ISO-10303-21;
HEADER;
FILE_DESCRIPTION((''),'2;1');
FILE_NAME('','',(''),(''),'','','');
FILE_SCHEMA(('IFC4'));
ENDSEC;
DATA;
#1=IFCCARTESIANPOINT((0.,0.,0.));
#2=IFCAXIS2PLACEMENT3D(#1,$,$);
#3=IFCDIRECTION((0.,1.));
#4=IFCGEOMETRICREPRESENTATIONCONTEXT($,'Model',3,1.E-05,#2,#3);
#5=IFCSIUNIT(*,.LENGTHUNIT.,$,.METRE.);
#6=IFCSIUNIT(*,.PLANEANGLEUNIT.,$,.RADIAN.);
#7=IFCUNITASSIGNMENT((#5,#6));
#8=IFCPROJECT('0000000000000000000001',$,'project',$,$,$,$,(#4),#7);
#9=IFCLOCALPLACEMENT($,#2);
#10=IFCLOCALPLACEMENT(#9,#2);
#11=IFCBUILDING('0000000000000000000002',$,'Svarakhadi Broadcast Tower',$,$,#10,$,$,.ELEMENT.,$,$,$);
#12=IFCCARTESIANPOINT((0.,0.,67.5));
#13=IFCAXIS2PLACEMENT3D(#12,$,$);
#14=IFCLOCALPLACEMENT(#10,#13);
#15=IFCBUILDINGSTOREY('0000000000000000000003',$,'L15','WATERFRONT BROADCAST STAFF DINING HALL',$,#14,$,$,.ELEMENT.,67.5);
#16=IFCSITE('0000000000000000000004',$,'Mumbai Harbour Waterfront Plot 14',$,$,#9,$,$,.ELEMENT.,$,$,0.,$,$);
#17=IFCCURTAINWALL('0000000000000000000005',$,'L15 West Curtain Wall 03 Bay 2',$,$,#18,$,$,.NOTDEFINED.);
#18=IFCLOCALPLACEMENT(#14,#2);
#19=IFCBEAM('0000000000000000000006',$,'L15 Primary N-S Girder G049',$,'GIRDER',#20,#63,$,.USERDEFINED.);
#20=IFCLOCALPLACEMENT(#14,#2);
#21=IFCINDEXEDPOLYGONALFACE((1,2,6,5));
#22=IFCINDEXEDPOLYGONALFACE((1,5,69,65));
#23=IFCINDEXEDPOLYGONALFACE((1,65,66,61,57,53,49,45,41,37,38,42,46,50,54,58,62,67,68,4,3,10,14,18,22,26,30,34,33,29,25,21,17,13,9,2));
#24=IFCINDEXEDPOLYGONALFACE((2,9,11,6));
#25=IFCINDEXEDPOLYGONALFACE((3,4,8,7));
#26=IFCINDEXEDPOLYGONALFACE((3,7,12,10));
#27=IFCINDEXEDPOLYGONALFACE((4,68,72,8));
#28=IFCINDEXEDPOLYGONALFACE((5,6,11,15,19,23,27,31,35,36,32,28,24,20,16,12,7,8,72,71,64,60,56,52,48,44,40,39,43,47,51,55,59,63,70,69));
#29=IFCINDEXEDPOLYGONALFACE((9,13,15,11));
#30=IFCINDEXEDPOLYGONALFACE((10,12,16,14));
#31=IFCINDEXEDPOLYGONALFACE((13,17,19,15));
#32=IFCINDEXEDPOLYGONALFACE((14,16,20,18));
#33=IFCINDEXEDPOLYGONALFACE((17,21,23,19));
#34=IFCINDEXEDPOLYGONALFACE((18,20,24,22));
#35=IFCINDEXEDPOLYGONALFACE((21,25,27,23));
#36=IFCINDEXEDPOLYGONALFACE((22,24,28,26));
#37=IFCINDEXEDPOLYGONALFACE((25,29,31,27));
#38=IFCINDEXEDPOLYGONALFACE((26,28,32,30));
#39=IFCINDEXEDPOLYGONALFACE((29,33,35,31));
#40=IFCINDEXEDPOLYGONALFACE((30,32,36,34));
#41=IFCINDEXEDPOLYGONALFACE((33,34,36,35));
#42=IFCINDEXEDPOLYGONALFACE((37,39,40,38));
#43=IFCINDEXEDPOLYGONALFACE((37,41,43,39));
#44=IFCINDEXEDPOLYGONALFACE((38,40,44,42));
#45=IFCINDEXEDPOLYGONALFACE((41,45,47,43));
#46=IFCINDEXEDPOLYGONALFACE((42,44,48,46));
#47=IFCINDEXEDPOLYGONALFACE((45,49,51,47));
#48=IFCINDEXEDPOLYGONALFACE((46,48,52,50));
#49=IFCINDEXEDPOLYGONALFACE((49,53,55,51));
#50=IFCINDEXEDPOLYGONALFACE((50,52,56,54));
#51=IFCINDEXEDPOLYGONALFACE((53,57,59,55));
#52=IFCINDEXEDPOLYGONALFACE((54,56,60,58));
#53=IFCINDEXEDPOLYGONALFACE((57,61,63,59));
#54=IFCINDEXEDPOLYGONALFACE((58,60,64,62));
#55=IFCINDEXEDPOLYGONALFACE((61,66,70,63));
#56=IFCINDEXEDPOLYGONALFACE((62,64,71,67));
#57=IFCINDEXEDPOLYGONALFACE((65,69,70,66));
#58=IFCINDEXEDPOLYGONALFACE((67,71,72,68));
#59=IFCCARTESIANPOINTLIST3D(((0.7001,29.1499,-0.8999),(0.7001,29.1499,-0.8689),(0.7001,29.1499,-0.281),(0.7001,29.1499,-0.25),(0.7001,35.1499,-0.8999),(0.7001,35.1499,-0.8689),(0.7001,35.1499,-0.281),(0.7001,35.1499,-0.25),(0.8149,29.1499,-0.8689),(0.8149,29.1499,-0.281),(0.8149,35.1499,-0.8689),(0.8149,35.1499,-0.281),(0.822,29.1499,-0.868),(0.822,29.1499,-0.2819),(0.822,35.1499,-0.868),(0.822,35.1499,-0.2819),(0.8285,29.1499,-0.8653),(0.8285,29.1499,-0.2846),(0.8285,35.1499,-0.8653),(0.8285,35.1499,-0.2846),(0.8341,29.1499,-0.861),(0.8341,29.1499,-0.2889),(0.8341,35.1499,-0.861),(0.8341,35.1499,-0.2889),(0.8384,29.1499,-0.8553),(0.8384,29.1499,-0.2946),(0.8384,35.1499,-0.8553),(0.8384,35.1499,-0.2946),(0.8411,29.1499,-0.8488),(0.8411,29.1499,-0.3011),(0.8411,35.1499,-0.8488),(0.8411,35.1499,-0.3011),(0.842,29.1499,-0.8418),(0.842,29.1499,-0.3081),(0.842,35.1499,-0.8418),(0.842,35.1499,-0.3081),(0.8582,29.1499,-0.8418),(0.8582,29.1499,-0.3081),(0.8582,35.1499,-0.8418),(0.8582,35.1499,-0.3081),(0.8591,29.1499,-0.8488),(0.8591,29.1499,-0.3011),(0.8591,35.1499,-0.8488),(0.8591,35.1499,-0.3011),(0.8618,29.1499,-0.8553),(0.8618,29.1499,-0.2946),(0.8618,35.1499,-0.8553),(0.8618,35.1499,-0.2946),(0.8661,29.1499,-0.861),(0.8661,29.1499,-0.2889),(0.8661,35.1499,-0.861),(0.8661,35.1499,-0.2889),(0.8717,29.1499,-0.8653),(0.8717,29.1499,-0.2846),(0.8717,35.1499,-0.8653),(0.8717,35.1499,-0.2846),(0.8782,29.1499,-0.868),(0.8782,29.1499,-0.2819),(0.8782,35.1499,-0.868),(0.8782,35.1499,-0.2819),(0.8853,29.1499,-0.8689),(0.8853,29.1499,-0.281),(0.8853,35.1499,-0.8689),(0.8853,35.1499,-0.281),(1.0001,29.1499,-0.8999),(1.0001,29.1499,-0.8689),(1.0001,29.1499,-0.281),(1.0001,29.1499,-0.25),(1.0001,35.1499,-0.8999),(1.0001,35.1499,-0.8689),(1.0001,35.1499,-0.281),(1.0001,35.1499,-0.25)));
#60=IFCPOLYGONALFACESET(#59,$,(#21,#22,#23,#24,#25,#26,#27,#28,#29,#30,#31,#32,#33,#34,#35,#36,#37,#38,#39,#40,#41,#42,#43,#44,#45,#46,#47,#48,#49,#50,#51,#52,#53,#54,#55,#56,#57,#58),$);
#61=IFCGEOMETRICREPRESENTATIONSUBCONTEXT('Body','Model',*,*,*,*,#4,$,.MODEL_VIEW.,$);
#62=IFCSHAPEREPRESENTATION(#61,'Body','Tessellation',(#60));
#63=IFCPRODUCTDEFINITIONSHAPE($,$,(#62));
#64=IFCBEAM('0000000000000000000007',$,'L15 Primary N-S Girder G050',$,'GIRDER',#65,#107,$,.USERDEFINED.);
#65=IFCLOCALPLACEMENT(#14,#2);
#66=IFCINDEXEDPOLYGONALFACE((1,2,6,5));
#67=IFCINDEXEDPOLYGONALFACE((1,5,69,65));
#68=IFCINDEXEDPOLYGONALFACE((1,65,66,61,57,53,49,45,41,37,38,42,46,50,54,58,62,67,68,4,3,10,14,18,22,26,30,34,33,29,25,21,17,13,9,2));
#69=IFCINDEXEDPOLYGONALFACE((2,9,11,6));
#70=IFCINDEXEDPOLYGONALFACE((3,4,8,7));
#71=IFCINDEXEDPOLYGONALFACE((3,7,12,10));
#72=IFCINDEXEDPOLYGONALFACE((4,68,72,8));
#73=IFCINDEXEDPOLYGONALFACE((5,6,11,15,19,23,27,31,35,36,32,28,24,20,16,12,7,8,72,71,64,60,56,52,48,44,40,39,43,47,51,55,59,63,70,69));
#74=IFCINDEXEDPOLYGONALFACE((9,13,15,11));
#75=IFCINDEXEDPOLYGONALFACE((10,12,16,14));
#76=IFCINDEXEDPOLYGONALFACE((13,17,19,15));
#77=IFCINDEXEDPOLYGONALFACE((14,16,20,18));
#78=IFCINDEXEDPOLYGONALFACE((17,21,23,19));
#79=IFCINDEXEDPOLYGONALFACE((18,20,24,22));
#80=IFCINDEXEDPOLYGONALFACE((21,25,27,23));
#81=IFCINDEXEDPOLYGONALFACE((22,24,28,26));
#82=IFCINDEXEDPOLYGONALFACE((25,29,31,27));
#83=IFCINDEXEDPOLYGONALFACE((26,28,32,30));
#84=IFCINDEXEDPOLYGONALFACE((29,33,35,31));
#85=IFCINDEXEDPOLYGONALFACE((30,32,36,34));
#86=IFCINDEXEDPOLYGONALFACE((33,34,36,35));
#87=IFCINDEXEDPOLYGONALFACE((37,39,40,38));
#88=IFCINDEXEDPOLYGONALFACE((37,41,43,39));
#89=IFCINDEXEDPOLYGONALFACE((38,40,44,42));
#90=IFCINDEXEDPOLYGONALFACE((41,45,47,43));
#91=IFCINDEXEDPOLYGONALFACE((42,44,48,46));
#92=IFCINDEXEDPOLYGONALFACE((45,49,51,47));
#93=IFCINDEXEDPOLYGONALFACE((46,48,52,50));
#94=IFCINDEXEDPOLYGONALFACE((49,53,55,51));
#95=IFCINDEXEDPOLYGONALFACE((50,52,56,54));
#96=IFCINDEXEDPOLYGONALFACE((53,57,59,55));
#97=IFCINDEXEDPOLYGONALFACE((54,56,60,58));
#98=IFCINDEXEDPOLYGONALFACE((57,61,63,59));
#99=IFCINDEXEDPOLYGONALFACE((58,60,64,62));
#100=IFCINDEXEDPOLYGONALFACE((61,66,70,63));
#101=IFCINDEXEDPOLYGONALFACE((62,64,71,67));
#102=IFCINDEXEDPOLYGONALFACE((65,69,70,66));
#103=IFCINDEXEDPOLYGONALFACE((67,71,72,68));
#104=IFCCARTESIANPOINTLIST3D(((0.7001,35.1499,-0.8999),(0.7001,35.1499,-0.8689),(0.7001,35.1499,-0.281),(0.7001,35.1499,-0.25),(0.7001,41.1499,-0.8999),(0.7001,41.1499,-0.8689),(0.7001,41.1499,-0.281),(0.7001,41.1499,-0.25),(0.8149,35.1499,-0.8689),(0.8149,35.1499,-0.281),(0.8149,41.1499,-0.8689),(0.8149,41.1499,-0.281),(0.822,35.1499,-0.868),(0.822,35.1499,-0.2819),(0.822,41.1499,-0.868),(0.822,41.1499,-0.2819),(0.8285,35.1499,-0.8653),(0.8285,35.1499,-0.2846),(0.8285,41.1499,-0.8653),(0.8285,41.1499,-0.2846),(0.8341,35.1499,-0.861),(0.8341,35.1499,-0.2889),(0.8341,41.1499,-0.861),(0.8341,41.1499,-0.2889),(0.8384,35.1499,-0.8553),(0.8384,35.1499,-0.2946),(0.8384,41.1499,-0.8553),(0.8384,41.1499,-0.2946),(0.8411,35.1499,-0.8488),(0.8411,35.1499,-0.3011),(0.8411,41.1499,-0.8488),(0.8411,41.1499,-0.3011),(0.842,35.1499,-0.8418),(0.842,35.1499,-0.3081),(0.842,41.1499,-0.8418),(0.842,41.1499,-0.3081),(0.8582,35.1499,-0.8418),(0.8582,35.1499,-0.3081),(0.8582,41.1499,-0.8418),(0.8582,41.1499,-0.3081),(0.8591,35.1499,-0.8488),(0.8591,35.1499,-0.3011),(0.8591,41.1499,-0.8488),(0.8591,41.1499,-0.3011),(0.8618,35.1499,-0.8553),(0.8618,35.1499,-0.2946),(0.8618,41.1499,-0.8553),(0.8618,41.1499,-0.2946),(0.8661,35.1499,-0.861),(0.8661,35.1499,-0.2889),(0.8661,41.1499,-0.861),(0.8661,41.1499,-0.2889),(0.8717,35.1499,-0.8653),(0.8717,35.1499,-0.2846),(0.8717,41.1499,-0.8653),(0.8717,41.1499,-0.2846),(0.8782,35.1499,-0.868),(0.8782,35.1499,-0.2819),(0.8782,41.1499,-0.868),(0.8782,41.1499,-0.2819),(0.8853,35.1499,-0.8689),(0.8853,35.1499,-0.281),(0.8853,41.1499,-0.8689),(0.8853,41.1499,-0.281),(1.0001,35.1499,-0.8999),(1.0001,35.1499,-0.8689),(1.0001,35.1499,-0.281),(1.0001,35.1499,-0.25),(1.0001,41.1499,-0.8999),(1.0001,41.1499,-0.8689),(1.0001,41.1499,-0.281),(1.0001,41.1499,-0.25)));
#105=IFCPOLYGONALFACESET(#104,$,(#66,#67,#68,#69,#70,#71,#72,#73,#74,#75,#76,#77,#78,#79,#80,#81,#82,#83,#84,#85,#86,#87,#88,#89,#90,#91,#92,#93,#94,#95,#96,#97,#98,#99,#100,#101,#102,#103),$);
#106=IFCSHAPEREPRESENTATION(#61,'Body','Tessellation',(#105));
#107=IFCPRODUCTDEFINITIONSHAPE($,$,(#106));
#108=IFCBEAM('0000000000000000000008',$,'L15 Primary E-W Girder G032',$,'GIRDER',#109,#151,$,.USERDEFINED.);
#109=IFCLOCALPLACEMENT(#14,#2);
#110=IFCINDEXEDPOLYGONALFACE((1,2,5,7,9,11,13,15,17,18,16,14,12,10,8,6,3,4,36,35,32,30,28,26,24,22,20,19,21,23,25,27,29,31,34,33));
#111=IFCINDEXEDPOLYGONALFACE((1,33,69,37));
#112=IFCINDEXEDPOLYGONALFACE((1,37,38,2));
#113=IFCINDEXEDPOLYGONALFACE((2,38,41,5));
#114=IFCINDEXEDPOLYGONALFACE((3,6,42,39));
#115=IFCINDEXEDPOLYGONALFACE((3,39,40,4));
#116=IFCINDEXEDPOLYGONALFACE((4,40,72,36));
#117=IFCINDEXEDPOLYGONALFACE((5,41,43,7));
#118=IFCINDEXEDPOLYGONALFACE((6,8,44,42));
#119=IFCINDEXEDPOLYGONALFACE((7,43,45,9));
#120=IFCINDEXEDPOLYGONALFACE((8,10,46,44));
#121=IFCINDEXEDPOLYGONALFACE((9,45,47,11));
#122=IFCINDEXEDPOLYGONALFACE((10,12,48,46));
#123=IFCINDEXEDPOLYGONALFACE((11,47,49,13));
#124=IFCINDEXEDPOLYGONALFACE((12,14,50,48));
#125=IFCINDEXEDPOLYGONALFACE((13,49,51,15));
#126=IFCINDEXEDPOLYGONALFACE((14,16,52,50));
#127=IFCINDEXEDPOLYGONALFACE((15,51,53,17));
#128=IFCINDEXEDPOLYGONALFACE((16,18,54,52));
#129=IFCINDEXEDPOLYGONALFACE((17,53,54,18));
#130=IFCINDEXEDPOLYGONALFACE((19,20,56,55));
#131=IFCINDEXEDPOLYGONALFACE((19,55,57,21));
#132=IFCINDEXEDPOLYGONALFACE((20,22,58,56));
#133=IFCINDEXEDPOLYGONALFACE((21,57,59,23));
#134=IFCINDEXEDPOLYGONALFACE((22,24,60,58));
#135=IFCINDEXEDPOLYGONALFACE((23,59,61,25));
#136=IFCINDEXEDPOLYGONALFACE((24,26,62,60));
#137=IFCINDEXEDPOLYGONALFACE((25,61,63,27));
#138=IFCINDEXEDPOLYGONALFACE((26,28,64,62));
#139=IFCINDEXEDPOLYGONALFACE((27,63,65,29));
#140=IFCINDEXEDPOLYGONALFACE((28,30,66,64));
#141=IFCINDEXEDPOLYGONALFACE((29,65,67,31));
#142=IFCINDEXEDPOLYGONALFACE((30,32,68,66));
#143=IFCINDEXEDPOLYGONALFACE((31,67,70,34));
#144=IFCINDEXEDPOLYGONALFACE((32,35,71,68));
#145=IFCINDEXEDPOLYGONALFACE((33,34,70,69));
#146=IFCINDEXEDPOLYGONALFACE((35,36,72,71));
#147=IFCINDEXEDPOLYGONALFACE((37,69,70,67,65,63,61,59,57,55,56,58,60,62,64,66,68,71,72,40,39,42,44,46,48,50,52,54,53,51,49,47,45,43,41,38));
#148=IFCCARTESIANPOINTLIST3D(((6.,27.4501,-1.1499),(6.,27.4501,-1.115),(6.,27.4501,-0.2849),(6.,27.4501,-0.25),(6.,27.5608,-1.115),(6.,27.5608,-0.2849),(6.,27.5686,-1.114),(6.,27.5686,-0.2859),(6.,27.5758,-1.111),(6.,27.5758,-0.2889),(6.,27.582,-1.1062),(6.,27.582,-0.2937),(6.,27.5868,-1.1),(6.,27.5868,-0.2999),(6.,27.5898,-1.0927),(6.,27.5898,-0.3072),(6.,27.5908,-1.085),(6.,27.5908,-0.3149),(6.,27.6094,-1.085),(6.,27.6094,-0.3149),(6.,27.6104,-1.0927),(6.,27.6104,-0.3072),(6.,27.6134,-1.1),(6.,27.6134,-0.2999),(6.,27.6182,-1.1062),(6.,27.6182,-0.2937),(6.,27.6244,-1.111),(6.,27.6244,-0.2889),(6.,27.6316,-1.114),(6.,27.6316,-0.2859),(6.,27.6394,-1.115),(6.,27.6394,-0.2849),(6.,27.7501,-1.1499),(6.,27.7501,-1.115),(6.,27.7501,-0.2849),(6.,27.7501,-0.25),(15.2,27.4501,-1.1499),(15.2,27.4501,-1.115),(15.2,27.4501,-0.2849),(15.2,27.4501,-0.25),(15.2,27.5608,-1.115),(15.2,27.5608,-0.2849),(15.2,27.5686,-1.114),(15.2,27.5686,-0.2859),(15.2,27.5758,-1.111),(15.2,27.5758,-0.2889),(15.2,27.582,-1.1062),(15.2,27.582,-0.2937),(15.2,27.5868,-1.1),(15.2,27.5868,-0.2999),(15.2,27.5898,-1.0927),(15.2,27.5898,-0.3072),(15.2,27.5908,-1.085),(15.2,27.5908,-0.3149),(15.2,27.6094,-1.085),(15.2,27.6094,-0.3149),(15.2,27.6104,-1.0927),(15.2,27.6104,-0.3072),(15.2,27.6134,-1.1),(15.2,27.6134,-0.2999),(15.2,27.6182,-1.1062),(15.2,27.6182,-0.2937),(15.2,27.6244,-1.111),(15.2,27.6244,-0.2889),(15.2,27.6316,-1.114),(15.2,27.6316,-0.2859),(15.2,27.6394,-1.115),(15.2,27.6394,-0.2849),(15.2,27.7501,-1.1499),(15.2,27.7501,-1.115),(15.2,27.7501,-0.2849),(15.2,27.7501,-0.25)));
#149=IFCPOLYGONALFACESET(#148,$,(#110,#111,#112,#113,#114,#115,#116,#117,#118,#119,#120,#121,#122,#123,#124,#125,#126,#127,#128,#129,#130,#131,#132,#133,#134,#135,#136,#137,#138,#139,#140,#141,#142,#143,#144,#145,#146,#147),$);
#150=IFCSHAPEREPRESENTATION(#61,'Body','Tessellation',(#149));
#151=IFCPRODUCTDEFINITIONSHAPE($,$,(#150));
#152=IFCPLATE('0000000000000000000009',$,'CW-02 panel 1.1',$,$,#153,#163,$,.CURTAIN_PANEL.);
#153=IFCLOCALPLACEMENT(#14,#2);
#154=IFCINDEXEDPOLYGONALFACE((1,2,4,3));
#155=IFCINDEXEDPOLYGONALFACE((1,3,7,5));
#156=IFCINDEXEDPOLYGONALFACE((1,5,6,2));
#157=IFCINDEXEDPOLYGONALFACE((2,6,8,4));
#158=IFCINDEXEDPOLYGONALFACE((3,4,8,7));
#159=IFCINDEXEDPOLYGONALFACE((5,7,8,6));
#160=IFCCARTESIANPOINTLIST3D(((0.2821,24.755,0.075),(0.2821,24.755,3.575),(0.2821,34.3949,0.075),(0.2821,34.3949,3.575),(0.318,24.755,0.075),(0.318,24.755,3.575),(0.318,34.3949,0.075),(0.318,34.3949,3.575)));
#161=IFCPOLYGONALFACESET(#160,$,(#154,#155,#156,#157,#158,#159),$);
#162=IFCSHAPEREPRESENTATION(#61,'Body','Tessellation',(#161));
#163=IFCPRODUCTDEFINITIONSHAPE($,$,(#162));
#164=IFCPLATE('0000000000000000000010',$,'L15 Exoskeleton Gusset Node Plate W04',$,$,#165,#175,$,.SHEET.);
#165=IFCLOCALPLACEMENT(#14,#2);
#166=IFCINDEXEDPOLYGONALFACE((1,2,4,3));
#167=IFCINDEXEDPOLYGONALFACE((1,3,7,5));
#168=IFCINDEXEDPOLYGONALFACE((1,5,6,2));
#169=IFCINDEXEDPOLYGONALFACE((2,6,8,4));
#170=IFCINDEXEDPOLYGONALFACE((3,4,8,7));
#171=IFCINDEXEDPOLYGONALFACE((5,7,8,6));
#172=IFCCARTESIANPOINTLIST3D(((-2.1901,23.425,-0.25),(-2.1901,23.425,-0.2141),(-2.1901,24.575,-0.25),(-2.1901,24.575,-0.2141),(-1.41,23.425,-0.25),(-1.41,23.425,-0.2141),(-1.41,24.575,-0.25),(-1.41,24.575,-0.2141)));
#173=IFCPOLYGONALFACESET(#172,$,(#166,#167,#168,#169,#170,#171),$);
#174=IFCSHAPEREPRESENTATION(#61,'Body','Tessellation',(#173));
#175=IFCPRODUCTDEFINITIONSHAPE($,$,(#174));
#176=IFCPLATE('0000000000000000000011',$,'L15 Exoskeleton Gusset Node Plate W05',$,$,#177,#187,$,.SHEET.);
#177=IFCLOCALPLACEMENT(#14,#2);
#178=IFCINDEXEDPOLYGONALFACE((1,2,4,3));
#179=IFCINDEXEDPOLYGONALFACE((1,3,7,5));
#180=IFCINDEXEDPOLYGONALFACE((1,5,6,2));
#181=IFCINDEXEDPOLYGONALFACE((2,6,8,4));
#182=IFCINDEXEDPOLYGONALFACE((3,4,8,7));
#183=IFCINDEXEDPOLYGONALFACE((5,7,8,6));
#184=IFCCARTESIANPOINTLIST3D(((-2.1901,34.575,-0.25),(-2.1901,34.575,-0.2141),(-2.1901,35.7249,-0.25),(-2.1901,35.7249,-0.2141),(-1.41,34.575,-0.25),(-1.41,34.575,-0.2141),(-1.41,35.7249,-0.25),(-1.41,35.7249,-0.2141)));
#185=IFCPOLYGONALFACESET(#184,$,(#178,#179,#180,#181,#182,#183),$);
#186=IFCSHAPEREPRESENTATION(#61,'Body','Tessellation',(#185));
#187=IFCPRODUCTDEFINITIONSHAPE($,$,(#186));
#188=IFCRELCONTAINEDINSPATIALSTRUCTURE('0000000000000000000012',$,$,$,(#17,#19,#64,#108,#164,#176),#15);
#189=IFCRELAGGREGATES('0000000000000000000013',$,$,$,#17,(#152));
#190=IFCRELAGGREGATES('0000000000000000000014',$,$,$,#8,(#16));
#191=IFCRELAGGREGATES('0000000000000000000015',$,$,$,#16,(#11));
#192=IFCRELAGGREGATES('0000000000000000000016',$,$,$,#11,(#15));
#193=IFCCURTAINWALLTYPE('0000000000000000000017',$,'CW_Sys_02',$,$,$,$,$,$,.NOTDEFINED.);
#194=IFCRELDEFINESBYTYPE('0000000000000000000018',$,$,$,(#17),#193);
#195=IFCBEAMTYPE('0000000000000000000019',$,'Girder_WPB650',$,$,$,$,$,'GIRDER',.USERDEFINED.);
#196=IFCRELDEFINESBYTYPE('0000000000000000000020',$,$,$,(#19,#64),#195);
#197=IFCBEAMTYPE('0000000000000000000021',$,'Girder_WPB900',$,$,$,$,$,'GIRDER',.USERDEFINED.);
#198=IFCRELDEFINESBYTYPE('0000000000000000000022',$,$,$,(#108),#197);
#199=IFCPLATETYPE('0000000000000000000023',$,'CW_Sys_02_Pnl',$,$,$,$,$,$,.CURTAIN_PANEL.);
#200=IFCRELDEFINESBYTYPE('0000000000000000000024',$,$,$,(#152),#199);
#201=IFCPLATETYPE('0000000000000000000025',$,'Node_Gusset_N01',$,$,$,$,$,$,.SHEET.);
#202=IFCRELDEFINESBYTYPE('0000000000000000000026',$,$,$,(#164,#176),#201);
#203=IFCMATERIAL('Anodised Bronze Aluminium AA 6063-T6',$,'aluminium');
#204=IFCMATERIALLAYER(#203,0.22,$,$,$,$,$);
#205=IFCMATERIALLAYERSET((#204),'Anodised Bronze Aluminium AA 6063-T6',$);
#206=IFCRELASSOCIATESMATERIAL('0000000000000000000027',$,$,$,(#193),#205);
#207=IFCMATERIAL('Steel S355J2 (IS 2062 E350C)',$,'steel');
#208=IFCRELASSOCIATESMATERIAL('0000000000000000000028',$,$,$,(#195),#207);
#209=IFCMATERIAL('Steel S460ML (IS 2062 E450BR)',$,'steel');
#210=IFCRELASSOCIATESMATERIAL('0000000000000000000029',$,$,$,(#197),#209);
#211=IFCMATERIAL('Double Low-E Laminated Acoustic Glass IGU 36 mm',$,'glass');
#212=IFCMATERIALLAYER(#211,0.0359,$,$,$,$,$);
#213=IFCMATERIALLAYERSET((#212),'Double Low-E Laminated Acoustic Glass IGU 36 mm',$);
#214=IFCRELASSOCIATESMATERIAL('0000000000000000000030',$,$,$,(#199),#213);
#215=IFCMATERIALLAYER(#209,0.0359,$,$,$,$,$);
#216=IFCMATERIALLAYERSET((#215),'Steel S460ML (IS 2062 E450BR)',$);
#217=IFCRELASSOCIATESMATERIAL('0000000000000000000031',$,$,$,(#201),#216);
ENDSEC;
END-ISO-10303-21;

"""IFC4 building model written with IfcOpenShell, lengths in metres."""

from ifc_helpers import new_model, si_unit, direction, frame, origin, origin_2d, place, context, subcontext, project, spatial, rectangle, i_section, extrude, material, layer, layer_set, material_profile, profile_set, type_object, element, aggregate, save


model = new_model("IFC4")

# Units and contexts
model_context = context("Model", 3, precision=1e-05, world=origin(), true_north=direction((0.0, 1.0)))
body_context = subcontext(model_context, "Body", "Model", "MODEL_VIEW")
ifc_project = project(units=[si_unit("LENGTHUNIT", "METRE"), si_unit("PLANEANGLEUNIT", "RADIAN")], contexts=[model_context])

# Site, building, storey
site_placement = place(None, origin())
site = spatial("IfcSite", under=ifc_project, at=site_placement, Name="Mumbai Harbour Waterfront Plot 14", CompositionType="ELEMENT", RefElevation=0.0)
building_placement = place(site_placement, origin())
building = spatial("IfcBuilding", under=site, at=building_placement, Name="Svarakhadi Broadcast Tower", CompositionType="ELEMENT")
storey_placement = place(building_placement, frame((0.0, 0.0, 67.5)))
storey = spatial("IfcBuildingStorey", under=building, at=storey_placement, Name="L15", Description="WATERFRONT BROADCAST STAFF DINING HALL", CompositionType="ELEMENT", Elevation=67.5)

# Shared definitions
ifc_material_1 = material(Name="Steel S460ML (IS 2062 E450BR)", Category="steel")

# Shared definitions
ifc_material_2 = material(Name="Steel S355J2 (IS 2062 E350C)", Category="steel")

# Curtain wall
ifc_material_3 = material(Name="Anodised Bronze Aluminium AA 6063-T6", Category="aluminium")
ifc_layer_1 = layer(ifc_material_3, 0.22)
ifc_layer_set_1 = layer_set([ifc_layer_1], Name="Anodised Bronze Aluminium AA 6063-T6")
curtain_wall_type = type_object("IfcCurtainWallType", Name="CW_Sys_02", PredefinedType="NOTDEFINED", material=ifc_layer_set_1)
curtain_wall_placement = place(storey_placement, origin())
curtain_wall = element("IfcCurtainWall", 1, at=curtain_wall_placement, inside=storey, type_object=curtain_wall_type, Name="L15 West Curtain Wall 03 Bay 2", PredefinedType="NOTDEFINED")

# Beams
ifc_material_profile_1 = material_profile(ifc_material_2, i_section(OverallWidth=0.3, OverallDepth=0.6499, WebThickness=0.0161, FlangeThickness=0.031, FilletRadius=0.0271, at=origin_2d()), Name="WPB 650x300x225")
ifc_profile_set_1 = profile_set([ifc_material_profile_1], Name="Steel S355J2 (IS 2062 E350C)")
beam_type_1 = type_object("IfcBeamType", Name="Girder_WPB650", ElementType="GIRDER", PredefinedType="USERDEFINED", material=ifc_profile_set_1)
for number, where, z_axis, x_axis, name in (
    (2, (0.8501, 29.1499, -0.575), (0.0, 1.0, 0.0), (-1.0, 0.0, 0.0), "L15 Primary N-S Girder G049"),
    (3, (0.8501, 35.1499, -0.575), (0.0, 1.0, 0.0), (-1.0, 0.0, 0.0), "L15 Primary N-S Girder G050"),
):
    element("IfcBeam", number, at=place(storey_placement, frame(where, z_axis=z_axis, x_axis=x_axis)), inside=storey, type_object=beam_type_1, Name=name, ObjectType="GIRDER", PredefinedType="USERDEFINED", context=body_context, shape_type="SweptSolid", body=[
        extrude(i_section(OverallWidth=0.3, OverallDepth=0.6499, WebThickness=0.0161, FlangeThickness=0.031, FilletRadius=0.0271, at=origin_2d()), origin(), (0.0, 0.0, 1.0), 6.0),
    ])
ifc_material_profile_2 = material_profile(ifc_material_1, i_section(OverallWidth=0.3, OverallDepth=0.8999, WebThickness=0.0186, FlangeThickness=0.0349, FilletRadius=0.03, at=origin_2d()), Name="WPB 900x300x291")
ifc_profile_set_2 = profile_set([ifc_material_profile_2], Name="Steel S460ML (IS 2062 E450BR)")
beam_type_2 = type_object("IfcBeamType", Name="Girder_WPB900", ElementType="GIRDER", PredefinedType="USERDEFINED", material=ifc_profile_set_2)
beam_placement = place(storey_placement, frame((6.0, 27.6001, -0.7), z_axis=(1.0, 0.0, 0.0), x_axis=(0.0, 1.0, 0.0)))
element("IfcBeam", 4, at=beam_placement, inside=storey, type_object=beam_type_2, Name="L15 Primary E-W Girder G032", ObjectType="GIRDER", PredefinedType="USERDEFINED", context=body_context, shape_type="SweptSolid", body=[
    extrude(i_section(OverallWidth=0.3, OverallDepth=0.8999, WebThickness=0.0186, FlangeThickness=0.0349, FilletRadius=0.03, at=origin_2d()), origin(), (0.0, 0.0, 1.0), 9.2),
])

# Plate
ifc_material_4 = material(Name="Double Low-E Laminated Acoustic Glass IGU 36 mm", Category="glass")
ifc_layer_2 = layer(ifc_material_4, 0.0359)
ifc_layer_set_2 = layer_set([ifc_layer_2], Name="Double Low-E Laminated Acoustic Glass IGU 36 mm")
plate_type_1 = type_object("IfcPlateType", Name="CW_Sys_02_Pnl", PredefinedType="CURTAIN_PANEL", material=ifc_layer_set_2)
plate_placement = place(storey_placement, frame((0.3, 29.575, 0.075), z_axis=(0.0, 0.0, 1.0), x_axis=(0.0, 1.0, 0.0)))
plate = element("IfcPlate", 5, at=plate_placement, type_object=plate_type_1, Name="CW-02 panel 1.1", PredefinedType="CURTAIN_PANEL", context=body_context, shape_type="SweptSolid", body=[
    extrude(rectangle(XDim=9.6399, YDim=0.0359, at=origin_2d()), origin(), (0.0, 0.0, 1.0), 3.5),
])
aggregate(curtain_wall, [plate])

# Plates
ifc_layer_3 = layer(ifc_material_1, 0.0359)
ifc_layer_set_3 = layer_set([ifc_layer_3], Name="Steel S460ML (IS 2062 E450BR)")
plate_type_2 = type_object("IfcPlateType", Name="Node_Gusset_N01", PredefinedType="SHEET", material=ifc_layer_set_3)
for number, where, z_axis, x_axis, name in (
    (6, (-1.8, 24.0, -0.25), (0.0, 0.0, 1.0), (0.0, 1.0, 0.0), "L15 Exoskeleton Gusset Node Plate W04"),
    (7, (-1.8, 35.1499, -0.25), (0.0, 0.0, 1.0), (0.0, 1.0, 0.0), "L15 Exoskeleton Gusset Node Plate W05"),
):
    element("IfcPlate", number, at=place(storey_placement, frame(where, z_axis=z_axis, x_axis=x_axis)), inside=storey, type_object=plate_type_2, Name=name, PredefinedType="SHEET", context=body_context, shape_type="SweptSolid", body=[
        extrude(rectangle(XDim=1.1499, YDim=0.78, at=origin_2d()), origin(), (0.0, 0.0, 1.0), 0.0359),
    ])

save(model, "model.ifc")
